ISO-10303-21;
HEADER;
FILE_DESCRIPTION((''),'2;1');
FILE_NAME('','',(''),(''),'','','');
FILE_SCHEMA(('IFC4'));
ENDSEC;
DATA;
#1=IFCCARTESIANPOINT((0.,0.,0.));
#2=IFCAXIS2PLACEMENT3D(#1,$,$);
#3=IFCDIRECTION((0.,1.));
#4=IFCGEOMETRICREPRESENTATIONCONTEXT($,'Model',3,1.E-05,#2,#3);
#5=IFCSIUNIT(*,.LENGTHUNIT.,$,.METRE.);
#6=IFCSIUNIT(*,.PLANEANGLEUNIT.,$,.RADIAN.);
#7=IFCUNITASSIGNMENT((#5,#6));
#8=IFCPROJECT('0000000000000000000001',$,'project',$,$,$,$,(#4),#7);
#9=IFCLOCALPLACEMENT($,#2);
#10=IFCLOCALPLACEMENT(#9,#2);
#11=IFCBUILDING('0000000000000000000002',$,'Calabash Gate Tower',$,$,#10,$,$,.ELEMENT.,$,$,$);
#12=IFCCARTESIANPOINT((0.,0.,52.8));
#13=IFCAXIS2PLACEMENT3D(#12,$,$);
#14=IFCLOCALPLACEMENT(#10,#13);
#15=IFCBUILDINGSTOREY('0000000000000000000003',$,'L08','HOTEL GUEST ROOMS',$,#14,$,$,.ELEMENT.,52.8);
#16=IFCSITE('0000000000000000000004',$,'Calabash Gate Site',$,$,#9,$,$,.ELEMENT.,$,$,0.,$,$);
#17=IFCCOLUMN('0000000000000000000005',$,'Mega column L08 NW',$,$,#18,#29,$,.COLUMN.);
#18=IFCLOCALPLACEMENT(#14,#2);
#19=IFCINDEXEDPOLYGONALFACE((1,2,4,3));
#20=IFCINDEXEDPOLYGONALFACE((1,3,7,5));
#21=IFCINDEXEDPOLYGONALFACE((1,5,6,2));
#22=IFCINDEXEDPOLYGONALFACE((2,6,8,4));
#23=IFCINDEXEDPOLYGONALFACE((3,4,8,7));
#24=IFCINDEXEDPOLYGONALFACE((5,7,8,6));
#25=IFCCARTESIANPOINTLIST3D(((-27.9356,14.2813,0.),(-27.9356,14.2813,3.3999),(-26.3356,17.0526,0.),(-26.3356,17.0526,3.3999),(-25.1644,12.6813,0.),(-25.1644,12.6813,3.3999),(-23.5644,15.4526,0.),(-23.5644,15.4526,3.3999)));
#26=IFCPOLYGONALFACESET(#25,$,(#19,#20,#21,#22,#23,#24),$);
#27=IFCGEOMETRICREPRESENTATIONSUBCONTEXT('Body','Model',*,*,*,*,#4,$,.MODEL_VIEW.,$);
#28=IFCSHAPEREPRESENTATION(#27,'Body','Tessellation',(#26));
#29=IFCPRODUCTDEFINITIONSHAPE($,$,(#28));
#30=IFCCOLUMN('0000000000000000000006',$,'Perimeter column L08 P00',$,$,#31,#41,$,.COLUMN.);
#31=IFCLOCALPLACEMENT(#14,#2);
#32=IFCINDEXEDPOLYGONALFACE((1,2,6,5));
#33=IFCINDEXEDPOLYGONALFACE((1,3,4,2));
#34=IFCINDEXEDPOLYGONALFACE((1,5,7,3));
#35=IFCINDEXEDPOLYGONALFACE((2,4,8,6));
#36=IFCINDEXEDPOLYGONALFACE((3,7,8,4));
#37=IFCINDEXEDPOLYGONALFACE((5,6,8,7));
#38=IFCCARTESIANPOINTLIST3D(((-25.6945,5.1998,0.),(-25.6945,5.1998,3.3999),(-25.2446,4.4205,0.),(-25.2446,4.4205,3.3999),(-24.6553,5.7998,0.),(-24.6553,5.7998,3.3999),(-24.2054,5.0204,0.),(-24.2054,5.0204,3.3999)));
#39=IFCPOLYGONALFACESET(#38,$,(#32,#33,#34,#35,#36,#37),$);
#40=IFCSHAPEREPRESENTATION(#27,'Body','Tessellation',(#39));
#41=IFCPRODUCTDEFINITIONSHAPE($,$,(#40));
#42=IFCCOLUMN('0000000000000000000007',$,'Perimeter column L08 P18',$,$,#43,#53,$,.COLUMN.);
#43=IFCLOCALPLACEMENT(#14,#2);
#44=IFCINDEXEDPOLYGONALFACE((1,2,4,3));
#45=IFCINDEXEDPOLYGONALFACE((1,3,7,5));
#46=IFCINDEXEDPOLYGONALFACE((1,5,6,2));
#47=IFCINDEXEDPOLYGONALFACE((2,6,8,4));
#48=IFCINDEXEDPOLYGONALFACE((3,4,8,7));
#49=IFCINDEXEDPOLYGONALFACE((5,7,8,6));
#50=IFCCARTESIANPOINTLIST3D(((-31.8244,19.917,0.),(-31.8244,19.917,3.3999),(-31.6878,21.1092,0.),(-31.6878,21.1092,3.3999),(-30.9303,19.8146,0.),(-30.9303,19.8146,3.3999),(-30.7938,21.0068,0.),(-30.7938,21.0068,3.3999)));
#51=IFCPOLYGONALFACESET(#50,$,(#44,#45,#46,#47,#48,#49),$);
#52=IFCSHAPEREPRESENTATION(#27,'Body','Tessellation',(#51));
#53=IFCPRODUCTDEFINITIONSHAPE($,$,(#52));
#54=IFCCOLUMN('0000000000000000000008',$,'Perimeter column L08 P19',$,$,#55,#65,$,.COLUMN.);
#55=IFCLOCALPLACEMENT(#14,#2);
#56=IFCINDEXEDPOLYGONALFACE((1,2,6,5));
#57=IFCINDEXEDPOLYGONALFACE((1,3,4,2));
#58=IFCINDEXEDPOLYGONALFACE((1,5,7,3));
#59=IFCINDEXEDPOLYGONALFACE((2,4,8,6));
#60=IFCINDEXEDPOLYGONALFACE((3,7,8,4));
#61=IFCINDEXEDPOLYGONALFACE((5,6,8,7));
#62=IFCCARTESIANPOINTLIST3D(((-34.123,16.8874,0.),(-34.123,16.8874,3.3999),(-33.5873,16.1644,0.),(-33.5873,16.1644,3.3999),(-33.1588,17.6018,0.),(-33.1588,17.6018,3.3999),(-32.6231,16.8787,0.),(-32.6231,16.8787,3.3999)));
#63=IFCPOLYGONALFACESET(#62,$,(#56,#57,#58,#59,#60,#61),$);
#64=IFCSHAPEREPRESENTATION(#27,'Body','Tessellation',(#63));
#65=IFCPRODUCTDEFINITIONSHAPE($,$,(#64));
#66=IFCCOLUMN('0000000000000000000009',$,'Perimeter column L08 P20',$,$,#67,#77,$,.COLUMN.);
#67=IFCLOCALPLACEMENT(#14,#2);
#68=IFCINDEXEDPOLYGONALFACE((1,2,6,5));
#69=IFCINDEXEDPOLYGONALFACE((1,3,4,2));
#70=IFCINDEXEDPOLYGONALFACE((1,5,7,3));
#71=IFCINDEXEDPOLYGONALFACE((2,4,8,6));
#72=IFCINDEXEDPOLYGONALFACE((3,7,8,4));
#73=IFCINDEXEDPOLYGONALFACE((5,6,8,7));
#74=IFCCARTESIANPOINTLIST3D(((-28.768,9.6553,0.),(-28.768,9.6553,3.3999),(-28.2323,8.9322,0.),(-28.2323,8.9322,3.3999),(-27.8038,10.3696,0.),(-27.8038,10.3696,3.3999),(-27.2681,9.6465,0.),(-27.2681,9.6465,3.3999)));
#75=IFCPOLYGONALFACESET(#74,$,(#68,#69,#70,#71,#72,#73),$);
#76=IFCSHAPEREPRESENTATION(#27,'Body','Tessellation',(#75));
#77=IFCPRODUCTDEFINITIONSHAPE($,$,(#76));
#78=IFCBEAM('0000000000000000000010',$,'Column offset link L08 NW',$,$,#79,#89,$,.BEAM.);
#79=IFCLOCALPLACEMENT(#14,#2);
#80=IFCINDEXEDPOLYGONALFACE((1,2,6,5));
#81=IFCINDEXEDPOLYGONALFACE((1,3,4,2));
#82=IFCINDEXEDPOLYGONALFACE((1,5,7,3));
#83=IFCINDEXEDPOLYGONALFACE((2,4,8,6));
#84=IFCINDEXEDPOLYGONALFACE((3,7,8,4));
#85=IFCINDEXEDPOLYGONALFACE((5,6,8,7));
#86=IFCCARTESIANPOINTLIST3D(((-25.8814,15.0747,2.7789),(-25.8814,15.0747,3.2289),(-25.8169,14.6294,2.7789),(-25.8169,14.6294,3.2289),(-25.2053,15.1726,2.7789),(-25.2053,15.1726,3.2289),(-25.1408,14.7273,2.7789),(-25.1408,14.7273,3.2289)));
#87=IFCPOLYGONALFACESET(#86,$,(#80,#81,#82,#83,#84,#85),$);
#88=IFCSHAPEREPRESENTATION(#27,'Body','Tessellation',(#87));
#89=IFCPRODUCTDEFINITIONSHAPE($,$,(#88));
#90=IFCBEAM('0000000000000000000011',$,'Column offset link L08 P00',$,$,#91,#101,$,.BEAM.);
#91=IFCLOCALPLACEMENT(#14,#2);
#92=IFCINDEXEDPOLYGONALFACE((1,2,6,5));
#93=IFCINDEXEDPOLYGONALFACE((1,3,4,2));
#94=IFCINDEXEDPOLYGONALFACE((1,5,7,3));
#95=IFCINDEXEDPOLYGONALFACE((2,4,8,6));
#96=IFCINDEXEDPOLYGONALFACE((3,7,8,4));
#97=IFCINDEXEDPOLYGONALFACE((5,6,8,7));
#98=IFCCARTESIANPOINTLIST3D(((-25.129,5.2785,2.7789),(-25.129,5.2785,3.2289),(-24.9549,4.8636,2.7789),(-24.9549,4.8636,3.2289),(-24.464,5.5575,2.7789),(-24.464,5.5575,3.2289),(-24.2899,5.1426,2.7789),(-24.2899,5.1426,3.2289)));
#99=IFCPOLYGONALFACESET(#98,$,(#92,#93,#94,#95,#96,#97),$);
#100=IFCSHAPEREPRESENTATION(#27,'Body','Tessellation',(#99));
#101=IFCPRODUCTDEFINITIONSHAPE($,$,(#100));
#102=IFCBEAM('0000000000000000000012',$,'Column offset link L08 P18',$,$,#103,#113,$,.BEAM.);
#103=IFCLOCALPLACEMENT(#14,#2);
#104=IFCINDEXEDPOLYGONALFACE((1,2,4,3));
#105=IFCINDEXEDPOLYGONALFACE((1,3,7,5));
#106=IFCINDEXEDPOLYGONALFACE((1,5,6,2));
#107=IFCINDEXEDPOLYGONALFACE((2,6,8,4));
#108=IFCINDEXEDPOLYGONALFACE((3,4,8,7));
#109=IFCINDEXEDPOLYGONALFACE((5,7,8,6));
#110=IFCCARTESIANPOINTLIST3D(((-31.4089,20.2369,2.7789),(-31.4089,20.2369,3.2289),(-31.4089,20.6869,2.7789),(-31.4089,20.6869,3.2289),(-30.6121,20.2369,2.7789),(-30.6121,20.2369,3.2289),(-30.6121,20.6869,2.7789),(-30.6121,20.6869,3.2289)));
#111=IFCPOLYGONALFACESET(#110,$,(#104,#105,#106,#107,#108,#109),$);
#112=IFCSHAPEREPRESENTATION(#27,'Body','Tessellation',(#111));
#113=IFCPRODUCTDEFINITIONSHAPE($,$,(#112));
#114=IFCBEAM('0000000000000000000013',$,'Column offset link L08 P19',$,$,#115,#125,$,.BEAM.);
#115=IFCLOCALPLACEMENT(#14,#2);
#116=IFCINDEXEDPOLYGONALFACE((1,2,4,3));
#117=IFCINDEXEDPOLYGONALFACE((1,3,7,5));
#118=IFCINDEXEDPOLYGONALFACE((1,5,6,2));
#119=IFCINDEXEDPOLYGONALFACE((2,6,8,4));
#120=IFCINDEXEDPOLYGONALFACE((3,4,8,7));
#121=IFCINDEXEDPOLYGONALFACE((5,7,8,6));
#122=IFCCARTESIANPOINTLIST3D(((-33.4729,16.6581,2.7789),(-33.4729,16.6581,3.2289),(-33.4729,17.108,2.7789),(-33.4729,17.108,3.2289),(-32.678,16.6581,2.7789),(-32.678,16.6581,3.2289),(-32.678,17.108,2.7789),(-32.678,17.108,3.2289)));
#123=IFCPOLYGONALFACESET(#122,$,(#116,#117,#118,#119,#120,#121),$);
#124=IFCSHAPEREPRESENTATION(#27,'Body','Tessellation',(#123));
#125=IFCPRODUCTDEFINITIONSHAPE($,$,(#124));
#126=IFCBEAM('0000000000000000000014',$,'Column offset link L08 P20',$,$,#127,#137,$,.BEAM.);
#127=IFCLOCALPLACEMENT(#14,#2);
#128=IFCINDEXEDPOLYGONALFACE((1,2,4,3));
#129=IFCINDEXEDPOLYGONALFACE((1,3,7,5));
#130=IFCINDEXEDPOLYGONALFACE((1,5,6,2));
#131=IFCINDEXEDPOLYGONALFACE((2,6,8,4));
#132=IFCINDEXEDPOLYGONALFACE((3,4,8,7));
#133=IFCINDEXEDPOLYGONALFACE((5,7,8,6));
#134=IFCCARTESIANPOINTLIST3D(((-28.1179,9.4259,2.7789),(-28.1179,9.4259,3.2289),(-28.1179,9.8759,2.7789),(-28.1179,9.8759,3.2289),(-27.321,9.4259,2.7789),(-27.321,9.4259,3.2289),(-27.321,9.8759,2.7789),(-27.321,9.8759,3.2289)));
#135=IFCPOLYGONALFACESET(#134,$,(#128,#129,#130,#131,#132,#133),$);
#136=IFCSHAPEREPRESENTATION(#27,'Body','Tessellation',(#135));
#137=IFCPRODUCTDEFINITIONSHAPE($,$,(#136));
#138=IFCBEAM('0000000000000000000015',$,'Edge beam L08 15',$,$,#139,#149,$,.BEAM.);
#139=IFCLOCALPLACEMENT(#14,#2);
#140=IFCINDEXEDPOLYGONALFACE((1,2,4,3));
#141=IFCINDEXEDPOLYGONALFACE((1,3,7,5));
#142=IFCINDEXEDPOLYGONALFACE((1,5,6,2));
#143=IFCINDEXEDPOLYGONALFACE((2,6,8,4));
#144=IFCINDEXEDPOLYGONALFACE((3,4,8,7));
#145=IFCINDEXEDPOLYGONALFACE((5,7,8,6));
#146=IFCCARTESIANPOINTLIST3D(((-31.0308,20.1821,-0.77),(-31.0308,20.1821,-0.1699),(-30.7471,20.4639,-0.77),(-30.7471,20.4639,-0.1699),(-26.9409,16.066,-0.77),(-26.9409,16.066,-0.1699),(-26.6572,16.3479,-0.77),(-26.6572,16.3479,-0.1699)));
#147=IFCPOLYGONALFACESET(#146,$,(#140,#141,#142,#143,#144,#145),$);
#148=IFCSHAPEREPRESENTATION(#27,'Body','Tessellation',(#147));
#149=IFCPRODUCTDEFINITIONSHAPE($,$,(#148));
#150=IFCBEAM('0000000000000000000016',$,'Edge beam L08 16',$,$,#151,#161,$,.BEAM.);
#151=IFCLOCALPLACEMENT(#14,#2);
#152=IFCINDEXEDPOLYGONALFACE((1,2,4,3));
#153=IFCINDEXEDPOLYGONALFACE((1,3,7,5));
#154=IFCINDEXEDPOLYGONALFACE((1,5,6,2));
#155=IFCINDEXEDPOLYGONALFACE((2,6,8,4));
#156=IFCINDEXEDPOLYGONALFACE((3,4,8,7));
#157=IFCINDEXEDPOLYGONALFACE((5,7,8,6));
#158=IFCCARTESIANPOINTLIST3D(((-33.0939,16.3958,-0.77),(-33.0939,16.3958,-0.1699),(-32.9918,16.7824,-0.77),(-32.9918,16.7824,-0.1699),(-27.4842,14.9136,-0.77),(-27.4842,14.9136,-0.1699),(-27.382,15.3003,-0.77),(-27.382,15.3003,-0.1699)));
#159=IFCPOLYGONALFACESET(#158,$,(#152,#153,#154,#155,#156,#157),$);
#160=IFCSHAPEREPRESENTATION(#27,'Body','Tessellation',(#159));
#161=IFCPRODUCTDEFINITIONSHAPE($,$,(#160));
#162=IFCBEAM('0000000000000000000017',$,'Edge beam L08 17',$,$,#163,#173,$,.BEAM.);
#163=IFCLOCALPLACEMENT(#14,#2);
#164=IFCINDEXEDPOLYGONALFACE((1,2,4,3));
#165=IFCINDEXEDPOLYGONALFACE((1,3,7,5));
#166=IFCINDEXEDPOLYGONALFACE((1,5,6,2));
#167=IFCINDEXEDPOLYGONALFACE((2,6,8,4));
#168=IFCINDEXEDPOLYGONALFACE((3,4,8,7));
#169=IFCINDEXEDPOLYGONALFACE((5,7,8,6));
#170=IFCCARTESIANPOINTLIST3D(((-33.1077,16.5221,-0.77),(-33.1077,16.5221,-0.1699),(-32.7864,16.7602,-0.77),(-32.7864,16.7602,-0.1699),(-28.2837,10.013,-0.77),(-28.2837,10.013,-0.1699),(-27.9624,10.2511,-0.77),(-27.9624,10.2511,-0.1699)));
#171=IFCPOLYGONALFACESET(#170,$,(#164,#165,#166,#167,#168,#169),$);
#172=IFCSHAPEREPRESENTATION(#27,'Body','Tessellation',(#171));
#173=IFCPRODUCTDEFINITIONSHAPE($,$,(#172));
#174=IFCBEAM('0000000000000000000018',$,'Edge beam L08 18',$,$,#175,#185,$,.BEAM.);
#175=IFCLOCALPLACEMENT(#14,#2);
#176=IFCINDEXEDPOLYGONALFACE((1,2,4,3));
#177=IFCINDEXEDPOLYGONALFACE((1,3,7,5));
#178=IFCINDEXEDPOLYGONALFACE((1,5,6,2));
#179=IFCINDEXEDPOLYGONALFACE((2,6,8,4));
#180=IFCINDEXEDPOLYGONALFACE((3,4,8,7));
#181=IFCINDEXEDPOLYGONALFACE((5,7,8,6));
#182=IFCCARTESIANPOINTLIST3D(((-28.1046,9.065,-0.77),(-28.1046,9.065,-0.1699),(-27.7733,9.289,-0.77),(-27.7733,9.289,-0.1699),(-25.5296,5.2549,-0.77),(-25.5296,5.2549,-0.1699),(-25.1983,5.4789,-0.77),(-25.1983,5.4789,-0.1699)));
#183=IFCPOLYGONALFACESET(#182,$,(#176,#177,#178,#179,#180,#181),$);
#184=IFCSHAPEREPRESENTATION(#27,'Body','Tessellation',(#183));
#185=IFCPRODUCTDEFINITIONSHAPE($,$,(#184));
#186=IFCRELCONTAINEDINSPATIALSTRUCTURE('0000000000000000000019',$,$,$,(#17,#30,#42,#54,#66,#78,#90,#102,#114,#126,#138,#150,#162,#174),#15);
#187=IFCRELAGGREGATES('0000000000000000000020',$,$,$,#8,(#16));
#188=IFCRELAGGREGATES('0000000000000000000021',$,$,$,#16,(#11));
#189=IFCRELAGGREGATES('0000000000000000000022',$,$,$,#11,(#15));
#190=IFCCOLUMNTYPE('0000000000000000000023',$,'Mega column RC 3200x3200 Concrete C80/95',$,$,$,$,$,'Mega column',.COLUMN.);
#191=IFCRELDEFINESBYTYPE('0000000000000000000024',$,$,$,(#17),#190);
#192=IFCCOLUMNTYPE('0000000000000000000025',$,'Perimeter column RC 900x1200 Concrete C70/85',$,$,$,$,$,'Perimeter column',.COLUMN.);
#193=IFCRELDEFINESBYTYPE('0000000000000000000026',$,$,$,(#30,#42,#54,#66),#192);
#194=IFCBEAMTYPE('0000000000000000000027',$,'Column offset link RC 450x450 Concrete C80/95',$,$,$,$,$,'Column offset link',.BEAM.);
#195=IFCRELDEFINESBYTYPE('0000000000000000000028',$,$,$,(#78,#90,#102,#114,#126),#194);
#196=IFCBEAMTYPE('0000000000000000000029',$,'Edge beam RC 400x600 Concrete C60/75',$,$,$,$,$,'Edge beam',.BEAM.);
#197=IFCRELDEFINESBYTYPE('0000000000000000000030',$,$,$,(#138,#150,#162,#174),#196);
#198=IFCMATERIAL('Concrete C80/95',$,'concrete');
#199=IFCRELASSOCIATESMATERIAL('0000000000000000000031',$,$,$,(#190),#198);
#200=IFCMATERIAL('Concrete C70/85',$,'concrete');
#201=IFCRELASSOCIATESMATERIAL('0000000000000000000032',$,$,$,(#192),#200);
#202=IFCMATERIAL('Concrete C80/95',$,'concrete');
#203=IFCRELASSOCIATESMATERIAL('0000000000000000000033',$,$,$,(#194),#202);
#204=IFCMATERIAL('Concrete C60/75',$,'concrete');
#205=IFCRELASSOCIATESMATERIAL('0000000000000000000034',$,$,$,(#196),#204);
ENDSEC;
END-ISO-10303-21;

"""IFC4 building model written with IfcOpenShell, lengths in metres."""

from ifc_helpers import new_model, si_unit, direction, frame, origin, origin_2d, place, context, subcontext, project, spatial, rectangle, extrude, material, material_profile, profile_set, type_object, element, save


model = new_model("IFC4")

# Units and contexts
model_context = context("Model", 3, precision=1e-05, world=origin(), true_north=direction((0.0, 1.0)))
body_context = subcontext(model_context, "Body", "Model", "MODEL_VIEW")
ifc_project = project(units=[si_unit("LENGTHUNIT", "METRE"), si_unit("PLANEANGLEUNIT", "RADIAN")], contexts=[model_context])

# Site, building, storey
site_placement = place(None, origin())
site = spatial("IfcSite", under=ifc_project, at=site_placement, Name="Calabash Gate Site", CompositionType="ELEMENT", RefElevation=0.0)
building_placement = place(site_placement, origin())
building = spatial("IfcBuilding", under=site, at=building_placement, Name="Calabash Gate Tower", CompositionType="ELEMENT")
storey_placement = place(building_placement, frame((0.0, 0.0, 52.8)))
storey = spatial("IfcBuildingStorey", under=building, at=storey_placement, Name="L08", Description="HOTEL GUEST ROOMS", CompositionType="ELEMENT", Elevation=52.8)

# Columns
ifc_material_1 = material(Name="Concrete C80/95", Category="concrete")
ifc_material_profile_1 = material_profile(ifc_material_1, rectangle(XDim=3.2, YDim=3.2, at=origin_2d()))
ifc_profile_set_1 = profile_set([ifc_material_profile_1], Name="Concrete C80/95")
column_type_1 = type_object("IfcColumnType", Name="Mega column RC 3200x3200 Concrete C80/95", ElementType="Mega column", PredefinedType="COLUMN", material=ifc_profile_set_1)
column_placement = place(storey_placement, frame((-25.75, 14.8669, 0.0), z_axis=(0.0, 0.0, 1.0), x_axis=(0.866025, -0.5, 0.0)))
element("IfcColumn", 1, at=column_placement, inside=storey, type_object=column_type_1, Name="Mega column L08 NW", PredefinedType="COLUMN", context=body_context, shape_type="SweptSolid", body=[
    extrude(rectangle(XDim=3.2, YDim=3.2, at=origin_2d()), origin(), (0.0, 0.0, 1.0), 3.3999),
])
ifc_material_2 = material(Name="Concrete C70/85", Category="concrete")
ifc_material_profile_2 = material_profile(ifc_material_2, rectangle(XDim=0.8999, YDim=1.2, at=origin_2d()))
ifc_profile_set_2 = profile_set([ifc_material_profile_2], Name="Concrete C70/85")
column_type_2 = type_object("IfcColumnType", Name="Perimeter column RC 900x1200 Concrete C70/85", ElementType="Perimeter column", PredefinedType="COLUMN", material=ifc_profile_set_2)
for number, where, z_axis, x_axis, name in (
    (2, (-24.95, 5.1101, 0.0), (0.0, 0.0, 1.0), (0.5, -0.866025, 0.0), "Perimeter column L08 P00"),
    (3, (-31.3091, 20.4619, 0.0), (0.0, 0.0, 1.0), (-0.993506, 0.113777, 0.0), "Perimeter column L08 P18"),
    (4, (-33.373, 16.8831, 0.0), (0.0, 0.0, 1.0), (0.595287, -0.803513, 0.0), "Perimeter column L08 P19"),
    (5, (-28.0181, 9.6509, 0.0), (0.0, 0.0, 1.0), (0.595287, -0.803513, 0.0), "Perimeter column L08 P20"),
):
    element("IfcColumn", number, at=place(storey_placement, frame(where, z_axis=z_axis, x_axis=x_axis)), inside=storey, type_object=column_type_2, Name=name, PredefinedType="COLUMN", context=body_context, shape_type="SweptSolid", body=[
        extrude(rectangle(XDim=0.8999, YDim=1.2, at=origin_2d()), origin(), (0.0, 0.0, 1.0), 3.3999),
    ])

# Beams
ifc_material_3 = material(Name="Concrete C80/95", Category="concrete")
ifc_material_profile_3 = material_profile(ifc_material_3, rectangle(XDim=0.45, YDim=0.45, at=origin_2d()))
ifc_profile_set_3 = profile_set([ifc_material_profile_3], Name="Concrete C80/95")
beam_type_1 = type_object("IfcBeamType", Name="Column offset link RC 450x450 Concrete C80/95", ElementType="Column offset link", PredefinedType="BEAM", material=ifc_profile_set_3)
beam_1_placement = place(storey_placement, frame((-25.8491, 14.8521, 3.0039), z_axis=(0.989676, 0.143323, 0.0), x_axis=(-0.143323, 0.989676, 0.0)))
element("IfcBeam", 6, at=beam_1_placement, inside=storey, type_object=beam_type_1, Name="Column offset link L08 NW", PredefinedType="BEAM", context=body_context, shape_type="SweptSolid", body=[
    extrude(rectangle(XDim=0.45, YDim=0.45, at=origin_2d()), origin(), (0.0, 0.0, 1.0), 0.6831),
])
beam_2_placement = place(storey_placement, frame((-25.042, 5.071, 3.0039), z_axis=(0.922113, 0.386922, 0.0), x_axis=(-0.386922, 0.922113, 0.0)))
element("IfcBeam", 7, at=beam_2_placement, inside=storey, type_object=beam_type_1, Name="Column offset link L08 P00", PredefinedType="BEAM", context=body_context, shape_type="SweptSolid", body=[
    extrude(rectangle(XDim=0.45, YDim=0.45, at=origin_2d()), origin(), (0.0, 0.0, 1.0), 0.7212),
])
beam_3_placement = place(storey_placement, frame((-31.4089, 20.4619, 3.0039), z_axis=(1.0, 0.0, 0.0), x_axis=(0.0, 1.0, 0.0)))
element("IfcBeam", 8, at=beam_3_placement, inside=storey, type_object=beam_type_1, Name="Column offset link L08 P18", PredefinedType="BEAM", context=body_context, shape_type="SweptSolid", body=[
    extrude(rectangle(XDim=0.45, YDim=0.45, at=origin_2d()), origin(), (0.0, 0.0, 1.0), 0.7969),
])
beam_4_placement = place(storey_placement, frame((-33.4729, 16.8831, 3.0039), z_axis=(1.0, 0.0, 0.0), x_axis=(0.0, 1.0, 0.0)))
element("IfcBeam", 9, at=beam_4_placement, inside=storey, type_object=beam_type_1, Name="Column offset link L08 P19", PredefinedType="BEAM", context=body_context, shape_type="SweptSolid", body=[
    extrude(rectangle(XDim=0.45, YDim=0.45, at=origin_2d()), origin(), (0.0, 0.0, 1.0), 0.7949),
])
beam_5_placement = place(storey_placement, frame((-28.1179, 9.6509, 3.0039), z_axis=(1.0, 0.0, 0.0), x_axis=(0.0, 1.0, 0.0)))
element("IfcBeam", 10, at=beam_5_placement, inside=storey, type_object=beam_type_1, Name="Column offset link L08 P20", PredefinedType="BEAM", context=body_context, shape_type="SweptSolid", body=[
    extrude(rectangle(XDim=0.45, YDim=0.45, at=origin_2d()), origin(), (0.0, 0.0, 1.0), 0.7969),
])
ifc_material_4 = material(Name="Concrete C60/75", Category="concrete")
ifc_material_profile_4 = material_profile(ifc_material_4, rectangle(XDim=0.3999, YDim=0.6001, at=origin_2d()))
ifc_profile_set_4 = profile_set([ifc_material_profile_4], Name="Concrete C60/75")
beam_type_2 = type_object("IfcBeamType", Name="Edge beam RC 400x600 Concrete C60/75", ElementType="Edge beam", PredefinedType="BEAM", material=ifc_profile_set_4)
beam_6_placement = place(storey_placement, frame((-30.8889, 20.323, -0.47), z_axis=(0.704852, -0.709354, 0.0), x_axis=(0.709354, 0.704852, 0.0)))
element("IfcBeam", 11, at=beam_6_placement, inside=storey, type_object=beam_type_2, Name="Edge beam L08 15", PredefinedType="BEAM", context=body_context, shape_type="SweptSolid", body=[
    extrude(rectangle(XDim=0.3999, YDim=0.6001, at=origin_2d()), origin(), (0.0, 0.0, 1.0), 5.8025),
])
beam_7_placement = place(storey_placement, frame((-27.4331, 15.1069, -0.47), z_axis=(-0.966824, 0.255444, 0.0), x_axis=(-0.255444, -0.966824, 0.0)))
element("IfcBeam", 12, at=beam_7_placement, inside=storey, type_object=beam_type_2, Name="Edge beam L08 16", PredefinedType="BEAM", context=body_context, shape_type="SweptSolid", body=[
    extrude(rectangle(XDim=0.3999, YDim=0.6001, at=origin_2d()), origin(), (0.0, 0.0, 1.0), 5.8022),
])
beam_8_placement = place(storey_placement, frame((-32.947, 16.6411, -0.47), z_axis=(0.595424, -0.803411, 0.0), x_axis=(0.803411, 0.595424, 0.0)))
element("IfcBeam", 13, at=beam_8_placement, inside=storey, type_object=beam_type_2, Name="Edge beam L08 17", PredefinedType="BEAM", context=body_context, shape_type="SweptSolid", body=[
    extrude(rectangle(XDim=0.3999, YDim=0.6001, at=origin_2d()), origin(), (0.0, 0.0, 1.0), 8.1018),
])
beam_9_placement = place(storey_placement, frame((-27.939, 9.177, -0.47), z_axis=(0.559945, -0.82853, 0.0), x_axis=(0.82853, 0.559945, 0.0)))
element("IfcBeam", 14, at=beam_9_placement, inside=storey, type_object=beam_type_2, Name="Edge beam L08 18", PredefinedType="BEAM", context=body_context, shape_type="SweptSolid", body=[
    extrude(rectangle(XDim=0.3999, YDim=0.6001, at=origin_2d()), origin(), (0.0, 0.0, 1.0), 4.5986),
])

save(model, "model.ifc")
